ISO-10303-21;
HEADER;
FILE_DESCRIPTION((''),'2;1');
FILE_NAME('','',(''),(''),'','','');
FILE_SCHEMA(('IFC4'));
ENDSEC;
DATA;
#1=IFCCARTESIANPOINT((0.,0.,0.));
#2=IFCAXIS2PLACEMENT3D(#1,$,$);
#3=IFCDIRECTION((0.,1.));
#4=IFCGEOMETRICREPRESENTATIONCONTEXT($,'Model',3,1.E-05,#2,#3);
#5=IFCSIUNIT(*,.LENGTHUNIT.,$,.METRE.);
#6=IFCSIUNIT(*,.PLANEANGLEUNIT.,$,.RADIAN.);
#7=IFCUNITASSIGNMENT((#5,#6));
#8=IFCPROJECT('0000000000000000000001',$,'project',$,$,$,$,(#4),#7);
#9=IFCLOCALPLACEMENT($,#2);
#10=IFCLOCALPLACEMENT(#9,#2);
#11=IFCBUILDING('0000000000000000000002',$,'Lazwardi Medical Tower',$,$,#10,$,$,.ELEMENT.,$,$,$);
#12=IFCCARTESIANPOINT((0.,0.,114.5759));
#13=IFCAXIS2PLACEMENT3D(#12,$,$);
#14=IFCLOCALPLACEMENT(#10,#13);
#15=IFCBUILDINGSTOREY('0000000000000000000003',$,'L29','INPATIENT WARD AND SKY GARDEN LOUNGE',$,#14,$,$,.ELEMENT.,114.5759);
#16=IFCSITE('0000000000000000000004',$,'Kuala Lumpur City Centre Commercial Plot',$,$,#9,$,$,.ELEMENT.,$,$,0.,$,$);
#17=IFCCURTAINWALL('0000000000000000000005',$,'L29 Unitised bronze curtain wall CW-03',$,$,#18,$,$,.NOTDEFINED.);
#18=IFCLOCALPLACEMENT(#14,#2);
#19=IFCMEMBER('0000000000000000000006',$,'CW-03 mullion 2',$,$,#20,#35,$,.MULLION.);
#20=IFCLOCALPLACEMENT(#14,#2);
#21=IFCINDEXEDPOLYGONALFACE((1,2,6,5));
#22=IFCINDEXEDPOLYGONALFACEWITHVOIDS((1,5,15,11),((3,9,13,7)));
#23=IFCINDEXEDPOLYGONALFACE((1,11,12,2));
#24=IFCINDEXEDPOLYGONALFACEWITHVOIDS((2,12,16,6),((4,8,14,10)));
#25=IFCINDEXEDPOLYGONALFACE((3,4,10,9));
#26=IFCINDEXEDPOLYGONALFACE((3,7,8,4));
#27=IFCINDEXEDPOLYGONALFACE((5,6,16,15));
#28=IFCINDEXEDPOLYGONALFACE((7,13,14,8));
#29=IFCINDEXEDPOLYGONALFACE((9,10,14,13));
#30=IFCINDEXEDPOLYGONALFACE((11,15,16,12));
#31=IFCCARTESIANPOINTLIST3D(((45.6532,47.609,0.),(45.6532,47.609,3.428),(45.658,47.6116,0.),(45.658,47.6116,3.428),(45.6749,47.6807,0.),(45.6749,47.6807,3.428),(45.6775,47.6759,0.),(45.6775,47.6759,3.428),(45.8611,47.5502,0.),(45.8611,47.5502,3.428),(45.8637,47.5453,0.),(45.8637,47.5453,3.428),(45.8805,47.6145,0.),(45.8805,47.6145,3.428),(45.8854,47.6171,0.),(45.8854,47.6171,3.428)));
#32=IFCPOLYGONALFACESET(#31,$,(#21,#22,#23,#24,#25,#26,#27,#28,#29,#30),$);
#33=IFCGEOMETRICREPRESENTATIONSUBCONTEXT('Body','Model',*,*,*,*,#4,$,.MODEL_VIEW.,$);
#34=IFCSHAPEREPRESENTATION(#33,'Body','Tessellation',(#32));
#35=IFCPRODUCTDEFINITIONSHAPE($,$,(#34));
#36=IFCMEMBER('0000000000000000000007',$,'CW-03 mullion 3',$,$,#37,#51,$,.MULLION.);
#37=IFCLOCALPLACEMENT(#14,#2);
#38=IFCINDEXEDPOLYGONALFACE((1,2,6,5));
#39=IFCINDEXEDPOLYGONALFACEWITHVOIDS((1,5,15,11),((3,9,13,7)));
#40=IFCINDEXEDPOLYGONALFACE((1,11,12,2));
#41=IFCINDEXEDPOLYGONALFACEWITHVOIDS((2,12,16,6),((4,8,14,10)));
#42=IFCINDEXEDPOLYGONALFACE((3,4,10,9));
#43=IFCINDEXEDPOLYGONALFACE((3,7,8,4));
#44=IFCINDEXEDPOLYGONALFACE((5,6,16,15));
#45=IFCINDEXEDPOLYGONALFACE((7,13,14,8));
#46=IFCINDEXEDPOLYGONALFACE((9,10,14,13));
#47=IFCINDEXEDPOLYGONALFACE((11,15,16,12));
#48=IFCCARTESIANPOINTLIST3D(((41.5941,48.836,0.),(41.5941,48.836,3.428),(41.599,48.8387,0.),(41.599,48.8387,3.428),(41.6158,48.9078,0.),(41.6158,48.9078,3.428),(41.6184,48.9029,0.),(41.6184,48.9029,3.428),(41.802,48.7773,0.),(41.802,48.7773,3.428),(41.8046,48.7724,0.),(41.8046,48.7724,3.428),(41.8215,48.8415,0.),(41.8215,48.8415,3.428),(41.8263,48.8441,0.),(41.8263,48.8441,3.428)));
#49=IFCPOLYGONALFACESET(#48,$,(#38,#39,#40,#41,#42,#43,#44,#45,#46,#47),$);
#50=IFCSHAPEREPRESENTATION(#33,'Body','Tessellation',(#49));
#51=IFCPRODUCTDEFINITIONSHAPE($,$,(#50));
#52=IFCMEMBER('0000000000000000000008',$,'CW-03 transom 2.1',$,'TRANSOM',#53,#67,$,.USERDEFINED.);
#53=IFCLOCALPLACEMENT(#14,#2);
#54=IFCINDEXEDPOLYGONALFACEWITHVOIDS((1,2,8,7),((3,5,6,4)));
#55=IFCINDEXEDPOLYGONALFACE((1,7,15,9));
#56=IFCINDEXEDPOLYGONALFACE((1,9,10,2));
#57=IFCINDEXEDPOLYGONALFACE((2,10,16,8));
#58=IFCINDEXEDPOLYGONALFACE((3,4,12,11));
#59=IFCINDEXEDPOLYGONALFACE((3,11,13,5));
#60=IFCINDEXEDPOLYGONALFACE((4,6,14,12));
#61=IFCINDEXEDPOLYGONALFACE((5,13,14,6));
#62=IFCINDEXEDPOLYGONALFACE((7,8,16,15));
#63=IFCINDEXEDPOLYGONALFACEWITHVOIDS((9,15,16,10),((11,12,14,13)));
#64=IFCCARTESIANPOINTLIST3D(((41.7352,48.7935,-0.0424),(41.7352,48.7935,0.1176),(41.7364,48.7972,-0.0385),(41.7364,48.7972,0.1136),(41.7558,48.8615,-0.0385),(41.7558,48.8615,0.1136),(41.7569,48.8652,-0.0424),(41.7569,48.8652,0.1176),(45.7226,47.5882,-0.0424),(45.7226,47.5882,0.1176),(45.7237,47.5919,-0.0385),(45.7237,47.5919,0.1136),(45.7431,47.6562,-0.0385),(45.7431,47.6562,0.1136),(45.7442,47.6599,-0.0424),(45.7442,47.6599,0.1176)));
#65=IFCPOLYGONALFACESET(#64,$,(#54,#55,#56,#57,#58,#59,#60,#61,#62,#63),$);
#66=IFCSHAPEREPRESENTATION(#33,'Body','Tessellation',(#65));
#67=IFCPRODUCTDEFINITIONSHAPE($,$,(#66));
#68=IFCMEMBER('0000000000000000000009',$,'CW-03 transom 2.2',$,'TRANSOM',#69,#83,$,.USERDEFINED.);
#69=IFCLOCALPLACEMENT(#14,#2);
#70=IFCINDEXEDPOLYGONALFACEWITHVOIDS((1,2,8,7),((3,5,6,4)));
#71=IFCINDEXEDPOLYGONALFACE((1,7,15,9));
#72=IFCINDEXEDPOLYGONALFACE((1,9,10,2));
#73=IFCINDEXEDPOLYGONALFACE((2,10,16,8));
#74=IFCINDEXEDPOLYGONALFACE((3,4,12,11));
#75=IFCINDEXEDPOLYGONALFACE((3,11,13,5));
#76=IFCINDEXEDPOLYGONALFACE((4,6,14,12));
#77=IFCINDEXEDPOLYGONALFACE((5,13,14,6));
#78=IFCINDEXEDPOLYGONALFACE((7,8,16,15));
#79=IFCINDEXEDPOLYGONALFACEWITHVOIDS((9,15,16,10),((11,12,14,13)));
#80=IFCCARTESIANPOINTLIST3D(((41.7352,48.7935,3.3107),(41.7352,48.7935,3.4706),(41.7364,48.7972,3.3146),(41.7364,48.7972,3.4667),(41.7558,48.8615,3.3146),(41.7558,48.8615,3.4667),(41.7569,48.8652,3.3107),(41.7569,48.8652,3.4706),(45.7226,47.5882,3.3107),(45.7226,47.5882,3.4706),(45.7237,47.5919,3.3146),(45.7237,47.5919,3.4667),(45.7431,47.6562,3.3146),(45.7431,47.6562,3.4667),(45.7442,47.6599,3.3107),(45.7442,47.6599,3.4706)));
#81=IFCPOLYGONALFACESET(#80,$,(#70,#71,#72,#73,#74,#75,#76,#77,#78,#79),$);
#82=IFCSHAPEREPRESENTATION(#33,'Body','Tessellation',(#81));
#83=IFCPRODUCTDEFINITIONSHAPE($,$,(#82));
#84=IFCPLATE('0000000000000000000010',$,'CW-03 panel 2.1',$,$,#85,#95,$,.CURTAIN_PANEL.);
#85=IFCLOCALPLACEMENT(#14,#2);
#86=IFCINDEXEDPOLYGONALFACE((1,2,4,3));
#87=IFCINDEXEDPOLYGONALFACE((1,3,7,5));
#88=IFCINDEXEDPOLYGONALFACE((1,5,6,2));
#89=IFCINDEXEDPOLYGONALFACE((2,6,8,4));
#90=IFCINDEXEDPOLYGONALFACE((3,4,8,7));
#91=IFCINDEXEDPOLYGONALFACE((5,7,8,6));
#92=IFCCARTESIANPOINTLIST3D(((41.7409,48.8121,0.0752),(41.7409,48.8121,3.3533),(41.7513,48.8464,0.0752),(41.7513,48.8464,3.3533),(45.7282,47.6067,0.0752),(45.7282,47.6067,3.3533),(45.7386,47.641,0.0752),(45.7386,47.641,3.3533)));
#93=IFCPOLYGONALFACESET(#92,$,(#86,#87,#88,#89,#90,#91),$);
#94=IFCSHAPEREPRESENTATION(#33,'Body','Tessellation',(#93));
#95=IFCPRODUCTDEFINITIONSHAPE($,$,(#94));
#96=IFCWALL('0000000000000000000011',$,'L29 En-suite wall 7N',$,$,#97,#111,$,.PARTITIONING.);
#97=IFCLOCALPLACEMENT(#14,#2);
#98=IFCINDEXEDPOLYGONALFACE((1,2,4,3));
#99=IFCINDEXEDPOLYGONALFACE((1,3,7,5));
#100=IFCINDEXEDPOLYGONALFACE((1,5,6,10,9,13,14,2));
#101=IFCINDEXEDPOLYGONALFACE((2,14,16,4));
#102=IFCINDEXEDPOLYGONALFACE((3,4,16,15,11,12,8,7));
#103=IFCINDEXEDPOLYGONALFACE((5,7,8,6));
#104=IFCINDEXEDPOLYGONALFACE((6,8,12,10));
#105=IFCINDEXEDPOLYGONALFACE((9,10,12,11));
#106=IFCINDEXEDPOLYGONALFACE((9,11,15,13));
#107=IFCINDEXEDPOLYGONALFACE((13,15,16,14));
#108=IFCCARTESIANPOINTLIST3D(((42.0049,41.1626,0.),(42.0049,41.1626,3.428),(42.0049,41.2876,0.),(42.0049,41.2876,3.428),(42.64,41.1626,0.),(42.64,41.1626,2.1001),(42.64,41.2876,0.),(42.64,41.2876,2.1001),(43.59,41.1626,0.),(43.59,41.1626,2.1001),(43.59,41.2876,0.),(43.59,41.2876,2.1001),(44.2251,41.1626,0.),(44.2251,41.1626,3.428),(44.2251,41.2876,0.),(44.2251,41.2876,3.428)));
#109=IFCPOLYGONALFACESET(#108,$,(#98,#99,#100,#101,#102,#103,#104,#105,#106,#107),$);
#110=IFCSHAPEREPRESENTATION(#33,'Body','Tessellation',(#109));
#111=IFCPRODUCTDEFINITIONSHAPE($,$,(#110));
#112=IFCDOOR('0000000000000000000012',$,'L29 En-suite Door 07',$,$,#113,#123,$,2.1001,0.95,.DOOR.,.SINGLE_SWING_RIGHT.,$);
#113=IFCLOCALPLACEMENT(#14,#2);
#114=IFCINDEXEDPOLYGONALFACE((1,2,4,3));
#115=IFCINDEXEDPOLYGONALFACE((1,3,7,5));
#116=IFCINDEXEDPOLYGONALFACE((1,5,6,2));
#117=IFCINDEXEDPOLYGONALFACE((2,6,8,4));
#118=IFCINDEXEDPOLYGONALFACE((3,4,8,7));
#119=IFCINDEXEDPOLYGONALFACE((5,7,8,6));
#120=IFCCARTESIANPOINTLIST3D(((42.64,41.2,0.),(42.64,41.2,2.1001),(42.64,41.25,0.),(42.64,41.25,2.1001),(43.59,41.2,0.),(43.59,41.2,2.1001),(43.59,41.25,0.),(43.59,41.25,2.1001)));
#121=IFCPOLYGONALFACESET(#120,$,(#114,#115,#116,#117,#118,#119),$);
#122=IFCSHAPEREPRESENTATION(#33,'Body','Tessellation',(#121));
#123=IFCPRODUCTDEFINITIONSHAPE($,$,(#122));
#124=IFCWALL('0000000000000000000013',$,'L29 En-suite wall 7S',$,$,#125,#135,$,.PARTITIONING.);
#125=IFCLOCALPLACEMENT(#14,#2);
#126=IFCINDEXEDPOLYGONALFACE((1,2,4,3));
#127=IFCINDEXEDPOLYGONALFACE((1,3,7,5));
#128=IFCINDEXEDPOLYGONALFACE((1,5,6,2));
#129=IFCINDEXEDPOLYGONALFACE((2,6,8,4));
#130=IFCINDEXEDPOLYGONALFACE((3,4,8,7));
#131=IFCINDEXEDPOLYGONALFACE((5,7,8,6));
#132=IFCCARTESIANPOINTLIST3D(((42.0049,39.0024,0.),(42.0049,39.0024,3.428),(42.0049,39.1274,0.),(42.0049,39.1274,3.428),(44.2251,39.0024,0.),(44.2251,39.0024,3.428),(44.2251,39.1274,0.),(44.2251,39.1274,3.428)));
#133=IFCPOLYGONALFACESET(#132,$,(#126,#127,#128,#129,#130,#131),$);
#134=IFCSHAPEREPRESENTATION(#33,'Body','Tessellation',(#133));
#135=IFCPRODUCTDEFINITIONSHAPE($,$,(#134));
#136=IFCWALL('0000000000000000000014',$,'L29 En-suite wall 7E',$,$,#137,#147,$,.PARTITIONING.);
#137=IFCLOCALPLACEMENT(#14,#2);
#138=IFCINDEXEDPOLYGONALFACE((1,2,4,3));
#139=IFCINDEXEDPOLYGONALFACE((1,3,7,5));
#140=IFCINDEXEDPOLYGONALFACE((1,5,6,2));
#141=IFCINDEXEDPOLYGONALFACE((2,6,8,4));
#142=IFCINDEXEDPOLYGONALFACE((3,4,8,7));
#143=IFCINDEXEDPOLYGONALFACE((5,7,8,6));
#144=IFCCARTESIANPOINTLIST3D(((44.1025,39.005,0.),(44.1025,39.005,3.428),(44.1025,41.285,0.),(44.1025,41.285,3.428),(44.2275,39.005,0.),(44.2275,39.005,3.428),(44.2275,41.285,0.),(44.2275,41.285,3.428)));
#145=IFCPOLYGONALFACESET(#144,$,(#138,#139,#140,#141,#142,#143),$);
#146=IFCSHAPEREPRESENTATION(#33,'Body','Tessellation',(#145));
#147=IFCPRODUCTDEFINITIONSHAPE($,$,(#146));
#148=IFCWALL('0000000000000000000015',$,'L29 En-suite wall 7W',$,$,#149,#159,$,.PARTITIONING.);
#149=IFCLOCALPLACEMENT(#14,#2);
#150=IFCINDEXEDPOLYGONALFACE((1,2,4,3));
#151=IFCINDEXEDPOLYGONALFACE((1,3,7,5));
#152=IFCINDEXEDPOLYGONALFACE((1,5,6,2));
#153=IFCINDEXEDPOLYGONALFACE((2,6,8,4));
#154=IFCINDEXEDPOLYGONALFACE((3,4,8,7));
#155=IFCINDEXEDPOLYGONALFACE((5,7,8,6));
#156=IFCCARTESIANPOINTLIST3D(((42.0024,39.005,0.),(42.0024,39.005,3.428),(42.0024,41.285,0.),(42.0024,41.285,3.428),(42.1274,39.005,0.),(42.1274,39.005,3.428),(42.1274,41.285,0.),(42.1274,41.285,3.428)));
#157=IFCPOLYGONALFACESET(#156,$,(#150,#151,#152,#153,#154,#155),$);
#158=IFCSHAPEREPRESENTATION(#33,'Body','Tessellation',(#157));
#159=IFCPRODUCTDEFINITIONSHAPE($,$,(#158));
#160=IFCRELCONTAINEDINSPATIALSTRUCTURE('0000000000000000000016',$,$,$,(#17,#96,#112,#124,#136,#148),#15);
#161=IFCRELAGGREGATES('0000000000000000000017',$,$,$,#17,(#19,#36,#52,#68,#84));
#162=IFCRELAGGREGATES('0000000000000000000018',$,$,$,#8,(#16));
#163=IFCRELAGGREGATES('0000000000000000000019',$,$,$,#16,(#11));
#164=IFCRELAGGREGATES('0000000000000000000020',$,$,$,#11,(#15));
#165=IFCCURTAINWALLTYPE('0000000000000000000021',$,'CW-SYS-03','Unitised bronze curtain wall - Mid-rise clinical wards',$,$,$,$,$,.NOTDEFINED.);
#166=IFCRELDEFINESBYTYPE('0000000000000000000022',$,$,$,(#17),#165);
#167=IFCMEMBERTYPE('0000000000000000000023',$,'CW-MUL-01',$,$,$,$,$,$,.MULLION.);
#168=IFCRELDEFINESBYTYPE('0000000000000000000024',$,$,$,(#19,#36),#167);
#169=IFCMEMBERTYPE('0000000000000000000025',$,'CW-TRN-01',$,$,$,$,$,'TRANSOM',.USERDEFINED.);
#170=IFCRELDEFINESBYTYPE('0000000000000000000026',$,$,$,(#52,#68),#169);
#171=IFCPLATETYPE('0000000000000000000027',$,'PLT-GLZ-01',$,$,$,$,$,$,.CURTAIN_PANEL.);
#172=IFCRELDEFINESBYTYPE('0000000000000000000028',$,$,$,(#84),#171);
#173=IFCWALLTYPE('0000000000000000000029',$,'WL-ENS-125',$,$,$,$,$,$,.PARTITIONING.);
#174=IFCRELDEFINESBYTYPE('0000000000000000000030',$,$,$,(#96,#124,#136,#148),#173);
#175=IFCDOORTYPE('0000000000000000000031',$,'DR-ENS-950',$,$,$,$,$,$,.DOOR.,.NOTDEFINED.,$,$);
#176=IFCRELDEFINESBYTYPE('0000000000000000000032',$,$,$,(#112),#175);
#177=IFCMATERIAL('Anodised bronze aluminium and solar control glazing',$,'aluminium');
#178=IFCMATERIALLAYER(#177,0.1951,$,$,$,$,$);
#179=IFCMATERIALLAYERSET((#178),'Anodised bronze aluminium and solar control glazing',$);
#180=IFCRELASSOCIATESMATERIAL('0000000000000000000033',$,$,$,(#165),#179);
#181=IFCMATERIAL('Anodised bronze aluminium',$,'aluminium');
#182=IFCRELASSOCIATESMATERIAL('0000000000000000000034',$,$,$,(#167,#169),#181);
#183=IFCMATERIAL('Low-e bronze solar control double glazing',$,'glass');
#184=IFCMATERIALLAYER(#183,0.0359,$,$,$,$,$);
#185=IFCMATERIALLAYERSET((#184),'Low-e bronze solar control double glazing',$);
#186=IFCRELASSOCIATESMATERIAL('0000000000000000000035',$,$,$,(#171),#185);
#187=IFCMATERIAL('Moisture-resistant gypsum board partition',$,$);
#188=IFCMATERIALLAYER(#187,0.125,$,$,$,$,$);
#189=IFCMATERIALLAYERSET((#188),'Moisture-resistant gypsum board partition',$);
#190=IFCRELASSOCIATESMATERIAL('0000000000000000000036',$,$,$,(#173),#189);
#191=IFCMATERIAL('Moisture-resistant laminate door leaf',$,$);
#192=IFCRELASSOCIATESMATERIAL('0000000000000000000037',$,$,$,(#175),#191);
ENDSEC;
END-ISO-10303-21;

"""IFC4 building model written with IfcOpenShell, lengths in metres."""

from ifc_helpers import new_model, si_unit, direction, frame, frame_2d, origin, origin_2d, place, context, subcontext, project, spatial, rectangle, hollow_rectangle, extrude, material, layer, layer_set, material_profile, profile_set, type_object, element, fill, aggregate, save


model = new_model("IFC4")

# Units and contexts
model_context = context("Model", 3, precision=1e-05, world=origin(), true_north=direction((0.0, 1.0)))
body_context = subcontext(model_context, "Body", "Model", "MODEL_VIEW")
ifc_project = project(units=[si_unit("LENGTHUNIT", "METRE"), si_unit("PLANEANGLEUNIT", "RADIAN")], contexts=[model_context])

# Site, building, storey
site_placement = place(None, origin())
site = spatial("IfcSite", under=ifc_project, at=site_placement, Name="Kuala Lumpur City Centre Commercial Plot", CompositionType="ELEMENT", RefElevation=0.0)
building_placement = place(site_placement, origin())
building = spatial("IfcBuilding", under=site, at=building_placement, Name="Lazwardi Medical Tower", CompositionType="ELEMENT")
storey_placement = place(building_placement, frame((0.0, 0.0, 114.5759)))
storey = spatial("IfcBuildingStorey", under=building, at=storey_placement, Name="L29", Description="INPATIENT WARD AND SKY GARDEN LOUNGE", CompositionType="ELEMENT", Elevation=114.5759)

# Curtain wall, members, plate
ifc_material_1 = material(Name="Anodised bronze aluminium and solar control glazing", Category="aluminium")
ifc_layer_1 = layer(ifc_material_1, 0.1951)
ifc_layer_set_1 = layer_set([ifc_layer_1], Name="Anodised bronze aluminium and solar control glazing")
curtain_wall_type = type_object("IfcCurtainWallType", Name="CW-SYS-03", Description="Unitised bronze curtain wall - Mid-rise clinical wards", PredefinedType="NOTDEFINED", material=ifc_layer_set_1)
curtain_wall_placement = place(storey_placement, origin())
curtain_wall = element("IfcCurtainWall", 1, at=curtain_wall_placement, inside=storey, type_object=curtain_wall_type, Name="L29 Unitised bronze curtain wall CW-03", PredefinedType="NOTDEFINED")
ifc_material_2 = material(Name="Anodised bronze aluminium", Category="aluminium")
ifc_material_profile_1 = material_profile(ifc_material_2, hollow_rectangle(XDim=0.075, YDim=0.22, WallThickness=0.0039, at=origin_2d()), Name="ALU-MULLION 220x75x4")
ifc_profile_set_1 = profile_set([ifc_material_profile_1], Name="Anodised bronze aluminium")
member_type_1 = type_object("IfcMemberType", Name="CW-MUL-01", PredefinedType="MULLION", material=ifc_profile_set_1)
member_1_placement = place(storey_placement, frame((45.7693, 47.613, 0.0), z_axis=(0.0, 0.0, 1.0), x_axis=(-0.289374, -0.957216, 0.0)))
member_1 = element("IfcMember", 2, at=member_1_placement, type_object=member_type_1, Name="CW-03 mullion 2", PredefinedType="MULLION", context=body_context, shape_type="SweptSolid", body=[
    extrude(hollow_rectangle(XDim=0.075, YDim=0.22, WallThickness=0.0039, at=origin_2d()), origin(), (0.0, 0.0, 1.0), 3.428),
])
member_2_placement = place(storey_placement, frame((41.7102, 48.8401, 0.0), z_axis=(0.0, 0.0, 1.0), x_axis=(-0.289374, -0.957216, 0.0)))
member_2 = element("IfcMember", 3, at=member_2_placement, type_object=member_type_1, Name="CW-03 mullion 3", PredefinedType="MULLION", context=body_context, shape_type="SweptSolid", body=[
    extrude(hollow_rectangle(XDim=0.075, YDim=0.22, WallThickness=0.0039, at=origin_2d()), origin(), (0.0, 0.0, 1.0), 3.428),
])
ifc_material_profile_2 = material_profile(ifc_material_2, hollow_rectangle(XDim=0.075, YDim=0.1599, WallThickness=0.0039, at=origin_2d()), Name="ALU-TRANSOM 160x75x4")
ifc_profile_set_2 = profile_set([ifc_material_profile_2], Name="Anodised bronze aluminium")
member_type_2 = type_object("IfcMemberType", Name="CW-TRN-01", ElementType="TRANSOM", PredefinedType="USERDEFINED", material=ifc_profile_set_2)
member_3_placement = place(storey_placement, frame((45.7334, 47.624, 0.0376), z_axis=(-0.957221, 0.289358, 0.0), x_axis=(-0.289358, -0.957221, 0.0)))
member_3 = element("IfcMember", 4, at=member_3_placement, type_object=member_type_2, Name="CW-03 transom 2.1", ObjectType="TRANSOM", PredefinedType="USERDEFINED", context=body_context, shape_type="SweptSolid", body=[
    extrude(hollow_rectangle(XDim=0.075, YDim=0.1599, WallThickness=0.0039, at=origin_2d()), origin(), (0.0, 0.0, 1.0), 4.1655),
])
member_4_placement = place(storey_placement, frame((45.7334, 47.624, 3.3906), z_axis=(-0.957221, 0.289358, 0.0), x_axis=(-0.289358, -0.957221, 0.0)))
member_4 = element("IfcMember", 5, at=member_4_placement, type_object=member_type_2, Name="CW-03 transom 2.2", ObjectType="TRANSOM", PredefinedType="USERDEFINED", context=body_context, shape_type="SweptSolid", body=[
    extrude(hollow_rectangle(XDim=0.075, YDim=0.1599, WallThickness=0.0039, at=origin_2d()), origin(), (0.0, 0.0, 1.0), 4.1655),
])
ifc_material_3 = material(Name="Low-e bronze solar control double glazing", Category="glass")
ifc_layer_2 = layer(ifc_material_3, 0.0359)
ifc_layer_set_2 = layer_set([ifc_layer_2], Name="Low-e bronze solar control double glazing")
plate_type = type_object("IfcPlateType", Name="PLT-GLZ-01", PredefinedType="CURTAIN_PANEL", material=ifc_layer_set_2)
plate_placement = place(storey_placement, frame((43.7397, 48.2266, 0.0752), z_axis=(0.0, 0.0, 1.0), x_axis=(-0.957216, 0.289374, 0.0)))
plate = element("IfcPlate", 6, at=plate_placement, type_object=plate_type, Name="CW-03 panel 2.1", PredefinedType="CURTAIN_PANEL", context=body_context, shape_type="SweptSolid", body=[
    extrude(rectangle(XDim=4.1655, YDim=0.0359, at=origin_2d()), origin(), (0.0, 0.0, 1.0), 3.2781),
])
aggregate(curtain_wall, [member_1, member_2, member_3, member_4, plate])

# Wall, opening, door
ifc_material_4 = material(Name="Moisture-resistant gypsum board partition")
ifc_layer_3 = layer(ifc_material_4, 0.125)
ifc_layer_set_3 = layer_set([ifc_layer_3], Name="Moisture-resistant gypsum board partition")
wall_type_1 = type_object("IfcWallType", Name="WL-ENS-125", PredefinedType="PARTITIONING", material=ifc_layer_set_3)
wall_1_placement = place(storey_placement, frame((42.0049, 41.2251, 0.0), z_axis=(0.0, 0.0, 1.0), x_axis=(1.0, 0.0, 0.0)))
wall_1 = element("IfcWall", 7, at=wall_1_placement, inside=storey, type_object=wall_type_1, Name="L29 En-suite wall 7N", PredefinedType="PARTITIONING", context=body_context, shape_type="SweptSolid", body=[
    extrude(rectangle(XDim=2.2202, YDim=0.125, at=frame_2d((1.1101, 0.0))), origin(), (0.0, 0.0, 1.0), 3.428),
])
opening_1_placement = place(wall_1_placement, frame((0.635, 0.0, 0.0)))
opening_1 = element("IfcOpeningElement", 8, at=opening_1_placement, cuts=wall_1, PredefinedType="OPENING", context=body_context, shape_type="SweptSolid", body=[
    extrude(rectangle(XDim=0.95, YDim=2.1001, at=frame_2d((0.4751, 1.05))), frame((0.0, 0.0725, 0.0), z_axis=(0.0, -1.0, 0.0), x_axis=(1.0, 0.0, 0.0)), (0.0, 0.0, 1.0), 0.145),
])
ifc_material_5 = material(Name="Moisture-resistant laminate door leaf")
door_type = type_object("IfcDoorType", Name="DR-ENS-950", OperationType="NOTDEFINED", PredefinedType="DOOR", material=ifc_material_5)
door_placement = place(opening_1_placement, origin())
door = element("IfcDoor", 9, at=door_placement, inside=storey, type_object=door_type, Name="L29 En-suite Door 07", OperationType="SINGLE_SWING_RIGHT", OverallHeight=2.1001, OverallWidth=0.95, PredefinedType="DOOR", context=body_context, shape_type="SweptSolid", body=[
    extrude(rectangle(XDim=0.95, YDim=2.1001, at=frame_2d((0.4751, 1.05))), frame((0.0, 0.0249, 0.0), z_axis=(0.0, -1.0, 0.0), x_axis=(1.0, 0.0, 0.0)), (0.0, 0.0, 1.0), 0.05),
])
fill(opening_1, door)

# Walls
wall_2_placement = place(storey_placement, frame((42.0049, 39.0649, 0.0), z_axis=(0.0, 0.0, 1.0), x_axis=(1.0, 0.0, 0.0)))
element("IfcWall", 10, at=wall_2_placement, inside=storey, type_object=wall_type_1, Name="L29 En-suite wall 7S", PredefinedType="PARTITIONING", context=body_context, shape_type="SweptSolid", body=[
    extrude(rectangle(XDim=2.2202, YDim=0.125, at=frame_2d((1.1101, 0.0))), origin(), (0.0, 0.0, 1.0), 3.428),
])
for number, where, z_axis, x_axis, name in (
    (11, (44.165, 39.0049, 0.0), (0.0, 0.0, 1.0), (0.0, 1.0, 0.0), "L29 En-suite wall 7E"),
    (12, (42.0649, 39.0049, 0.0), (0.0, 0.0, 1.0), (0.0, 1.0, 0.0), "L29 En-suite wall 7W"),
):
    element("IfcWall", number, at=place(storey_placement, frame(where, z_axis=z_axis, x_axis=x_axis)), inside=storey, type_object=wall_type_1, Name=name, PredefinedType="PARTITIONING", context=body_context, shape_type="SweptSolid", body=[
        extrude(rectangle(XDim=2.28, YDim=0.125, at=frame_2d((1.1401, 0.0))), origin(), (0.0, 0.0, 1.0), 3.428),
    ])

save(model, "model.ifc")
